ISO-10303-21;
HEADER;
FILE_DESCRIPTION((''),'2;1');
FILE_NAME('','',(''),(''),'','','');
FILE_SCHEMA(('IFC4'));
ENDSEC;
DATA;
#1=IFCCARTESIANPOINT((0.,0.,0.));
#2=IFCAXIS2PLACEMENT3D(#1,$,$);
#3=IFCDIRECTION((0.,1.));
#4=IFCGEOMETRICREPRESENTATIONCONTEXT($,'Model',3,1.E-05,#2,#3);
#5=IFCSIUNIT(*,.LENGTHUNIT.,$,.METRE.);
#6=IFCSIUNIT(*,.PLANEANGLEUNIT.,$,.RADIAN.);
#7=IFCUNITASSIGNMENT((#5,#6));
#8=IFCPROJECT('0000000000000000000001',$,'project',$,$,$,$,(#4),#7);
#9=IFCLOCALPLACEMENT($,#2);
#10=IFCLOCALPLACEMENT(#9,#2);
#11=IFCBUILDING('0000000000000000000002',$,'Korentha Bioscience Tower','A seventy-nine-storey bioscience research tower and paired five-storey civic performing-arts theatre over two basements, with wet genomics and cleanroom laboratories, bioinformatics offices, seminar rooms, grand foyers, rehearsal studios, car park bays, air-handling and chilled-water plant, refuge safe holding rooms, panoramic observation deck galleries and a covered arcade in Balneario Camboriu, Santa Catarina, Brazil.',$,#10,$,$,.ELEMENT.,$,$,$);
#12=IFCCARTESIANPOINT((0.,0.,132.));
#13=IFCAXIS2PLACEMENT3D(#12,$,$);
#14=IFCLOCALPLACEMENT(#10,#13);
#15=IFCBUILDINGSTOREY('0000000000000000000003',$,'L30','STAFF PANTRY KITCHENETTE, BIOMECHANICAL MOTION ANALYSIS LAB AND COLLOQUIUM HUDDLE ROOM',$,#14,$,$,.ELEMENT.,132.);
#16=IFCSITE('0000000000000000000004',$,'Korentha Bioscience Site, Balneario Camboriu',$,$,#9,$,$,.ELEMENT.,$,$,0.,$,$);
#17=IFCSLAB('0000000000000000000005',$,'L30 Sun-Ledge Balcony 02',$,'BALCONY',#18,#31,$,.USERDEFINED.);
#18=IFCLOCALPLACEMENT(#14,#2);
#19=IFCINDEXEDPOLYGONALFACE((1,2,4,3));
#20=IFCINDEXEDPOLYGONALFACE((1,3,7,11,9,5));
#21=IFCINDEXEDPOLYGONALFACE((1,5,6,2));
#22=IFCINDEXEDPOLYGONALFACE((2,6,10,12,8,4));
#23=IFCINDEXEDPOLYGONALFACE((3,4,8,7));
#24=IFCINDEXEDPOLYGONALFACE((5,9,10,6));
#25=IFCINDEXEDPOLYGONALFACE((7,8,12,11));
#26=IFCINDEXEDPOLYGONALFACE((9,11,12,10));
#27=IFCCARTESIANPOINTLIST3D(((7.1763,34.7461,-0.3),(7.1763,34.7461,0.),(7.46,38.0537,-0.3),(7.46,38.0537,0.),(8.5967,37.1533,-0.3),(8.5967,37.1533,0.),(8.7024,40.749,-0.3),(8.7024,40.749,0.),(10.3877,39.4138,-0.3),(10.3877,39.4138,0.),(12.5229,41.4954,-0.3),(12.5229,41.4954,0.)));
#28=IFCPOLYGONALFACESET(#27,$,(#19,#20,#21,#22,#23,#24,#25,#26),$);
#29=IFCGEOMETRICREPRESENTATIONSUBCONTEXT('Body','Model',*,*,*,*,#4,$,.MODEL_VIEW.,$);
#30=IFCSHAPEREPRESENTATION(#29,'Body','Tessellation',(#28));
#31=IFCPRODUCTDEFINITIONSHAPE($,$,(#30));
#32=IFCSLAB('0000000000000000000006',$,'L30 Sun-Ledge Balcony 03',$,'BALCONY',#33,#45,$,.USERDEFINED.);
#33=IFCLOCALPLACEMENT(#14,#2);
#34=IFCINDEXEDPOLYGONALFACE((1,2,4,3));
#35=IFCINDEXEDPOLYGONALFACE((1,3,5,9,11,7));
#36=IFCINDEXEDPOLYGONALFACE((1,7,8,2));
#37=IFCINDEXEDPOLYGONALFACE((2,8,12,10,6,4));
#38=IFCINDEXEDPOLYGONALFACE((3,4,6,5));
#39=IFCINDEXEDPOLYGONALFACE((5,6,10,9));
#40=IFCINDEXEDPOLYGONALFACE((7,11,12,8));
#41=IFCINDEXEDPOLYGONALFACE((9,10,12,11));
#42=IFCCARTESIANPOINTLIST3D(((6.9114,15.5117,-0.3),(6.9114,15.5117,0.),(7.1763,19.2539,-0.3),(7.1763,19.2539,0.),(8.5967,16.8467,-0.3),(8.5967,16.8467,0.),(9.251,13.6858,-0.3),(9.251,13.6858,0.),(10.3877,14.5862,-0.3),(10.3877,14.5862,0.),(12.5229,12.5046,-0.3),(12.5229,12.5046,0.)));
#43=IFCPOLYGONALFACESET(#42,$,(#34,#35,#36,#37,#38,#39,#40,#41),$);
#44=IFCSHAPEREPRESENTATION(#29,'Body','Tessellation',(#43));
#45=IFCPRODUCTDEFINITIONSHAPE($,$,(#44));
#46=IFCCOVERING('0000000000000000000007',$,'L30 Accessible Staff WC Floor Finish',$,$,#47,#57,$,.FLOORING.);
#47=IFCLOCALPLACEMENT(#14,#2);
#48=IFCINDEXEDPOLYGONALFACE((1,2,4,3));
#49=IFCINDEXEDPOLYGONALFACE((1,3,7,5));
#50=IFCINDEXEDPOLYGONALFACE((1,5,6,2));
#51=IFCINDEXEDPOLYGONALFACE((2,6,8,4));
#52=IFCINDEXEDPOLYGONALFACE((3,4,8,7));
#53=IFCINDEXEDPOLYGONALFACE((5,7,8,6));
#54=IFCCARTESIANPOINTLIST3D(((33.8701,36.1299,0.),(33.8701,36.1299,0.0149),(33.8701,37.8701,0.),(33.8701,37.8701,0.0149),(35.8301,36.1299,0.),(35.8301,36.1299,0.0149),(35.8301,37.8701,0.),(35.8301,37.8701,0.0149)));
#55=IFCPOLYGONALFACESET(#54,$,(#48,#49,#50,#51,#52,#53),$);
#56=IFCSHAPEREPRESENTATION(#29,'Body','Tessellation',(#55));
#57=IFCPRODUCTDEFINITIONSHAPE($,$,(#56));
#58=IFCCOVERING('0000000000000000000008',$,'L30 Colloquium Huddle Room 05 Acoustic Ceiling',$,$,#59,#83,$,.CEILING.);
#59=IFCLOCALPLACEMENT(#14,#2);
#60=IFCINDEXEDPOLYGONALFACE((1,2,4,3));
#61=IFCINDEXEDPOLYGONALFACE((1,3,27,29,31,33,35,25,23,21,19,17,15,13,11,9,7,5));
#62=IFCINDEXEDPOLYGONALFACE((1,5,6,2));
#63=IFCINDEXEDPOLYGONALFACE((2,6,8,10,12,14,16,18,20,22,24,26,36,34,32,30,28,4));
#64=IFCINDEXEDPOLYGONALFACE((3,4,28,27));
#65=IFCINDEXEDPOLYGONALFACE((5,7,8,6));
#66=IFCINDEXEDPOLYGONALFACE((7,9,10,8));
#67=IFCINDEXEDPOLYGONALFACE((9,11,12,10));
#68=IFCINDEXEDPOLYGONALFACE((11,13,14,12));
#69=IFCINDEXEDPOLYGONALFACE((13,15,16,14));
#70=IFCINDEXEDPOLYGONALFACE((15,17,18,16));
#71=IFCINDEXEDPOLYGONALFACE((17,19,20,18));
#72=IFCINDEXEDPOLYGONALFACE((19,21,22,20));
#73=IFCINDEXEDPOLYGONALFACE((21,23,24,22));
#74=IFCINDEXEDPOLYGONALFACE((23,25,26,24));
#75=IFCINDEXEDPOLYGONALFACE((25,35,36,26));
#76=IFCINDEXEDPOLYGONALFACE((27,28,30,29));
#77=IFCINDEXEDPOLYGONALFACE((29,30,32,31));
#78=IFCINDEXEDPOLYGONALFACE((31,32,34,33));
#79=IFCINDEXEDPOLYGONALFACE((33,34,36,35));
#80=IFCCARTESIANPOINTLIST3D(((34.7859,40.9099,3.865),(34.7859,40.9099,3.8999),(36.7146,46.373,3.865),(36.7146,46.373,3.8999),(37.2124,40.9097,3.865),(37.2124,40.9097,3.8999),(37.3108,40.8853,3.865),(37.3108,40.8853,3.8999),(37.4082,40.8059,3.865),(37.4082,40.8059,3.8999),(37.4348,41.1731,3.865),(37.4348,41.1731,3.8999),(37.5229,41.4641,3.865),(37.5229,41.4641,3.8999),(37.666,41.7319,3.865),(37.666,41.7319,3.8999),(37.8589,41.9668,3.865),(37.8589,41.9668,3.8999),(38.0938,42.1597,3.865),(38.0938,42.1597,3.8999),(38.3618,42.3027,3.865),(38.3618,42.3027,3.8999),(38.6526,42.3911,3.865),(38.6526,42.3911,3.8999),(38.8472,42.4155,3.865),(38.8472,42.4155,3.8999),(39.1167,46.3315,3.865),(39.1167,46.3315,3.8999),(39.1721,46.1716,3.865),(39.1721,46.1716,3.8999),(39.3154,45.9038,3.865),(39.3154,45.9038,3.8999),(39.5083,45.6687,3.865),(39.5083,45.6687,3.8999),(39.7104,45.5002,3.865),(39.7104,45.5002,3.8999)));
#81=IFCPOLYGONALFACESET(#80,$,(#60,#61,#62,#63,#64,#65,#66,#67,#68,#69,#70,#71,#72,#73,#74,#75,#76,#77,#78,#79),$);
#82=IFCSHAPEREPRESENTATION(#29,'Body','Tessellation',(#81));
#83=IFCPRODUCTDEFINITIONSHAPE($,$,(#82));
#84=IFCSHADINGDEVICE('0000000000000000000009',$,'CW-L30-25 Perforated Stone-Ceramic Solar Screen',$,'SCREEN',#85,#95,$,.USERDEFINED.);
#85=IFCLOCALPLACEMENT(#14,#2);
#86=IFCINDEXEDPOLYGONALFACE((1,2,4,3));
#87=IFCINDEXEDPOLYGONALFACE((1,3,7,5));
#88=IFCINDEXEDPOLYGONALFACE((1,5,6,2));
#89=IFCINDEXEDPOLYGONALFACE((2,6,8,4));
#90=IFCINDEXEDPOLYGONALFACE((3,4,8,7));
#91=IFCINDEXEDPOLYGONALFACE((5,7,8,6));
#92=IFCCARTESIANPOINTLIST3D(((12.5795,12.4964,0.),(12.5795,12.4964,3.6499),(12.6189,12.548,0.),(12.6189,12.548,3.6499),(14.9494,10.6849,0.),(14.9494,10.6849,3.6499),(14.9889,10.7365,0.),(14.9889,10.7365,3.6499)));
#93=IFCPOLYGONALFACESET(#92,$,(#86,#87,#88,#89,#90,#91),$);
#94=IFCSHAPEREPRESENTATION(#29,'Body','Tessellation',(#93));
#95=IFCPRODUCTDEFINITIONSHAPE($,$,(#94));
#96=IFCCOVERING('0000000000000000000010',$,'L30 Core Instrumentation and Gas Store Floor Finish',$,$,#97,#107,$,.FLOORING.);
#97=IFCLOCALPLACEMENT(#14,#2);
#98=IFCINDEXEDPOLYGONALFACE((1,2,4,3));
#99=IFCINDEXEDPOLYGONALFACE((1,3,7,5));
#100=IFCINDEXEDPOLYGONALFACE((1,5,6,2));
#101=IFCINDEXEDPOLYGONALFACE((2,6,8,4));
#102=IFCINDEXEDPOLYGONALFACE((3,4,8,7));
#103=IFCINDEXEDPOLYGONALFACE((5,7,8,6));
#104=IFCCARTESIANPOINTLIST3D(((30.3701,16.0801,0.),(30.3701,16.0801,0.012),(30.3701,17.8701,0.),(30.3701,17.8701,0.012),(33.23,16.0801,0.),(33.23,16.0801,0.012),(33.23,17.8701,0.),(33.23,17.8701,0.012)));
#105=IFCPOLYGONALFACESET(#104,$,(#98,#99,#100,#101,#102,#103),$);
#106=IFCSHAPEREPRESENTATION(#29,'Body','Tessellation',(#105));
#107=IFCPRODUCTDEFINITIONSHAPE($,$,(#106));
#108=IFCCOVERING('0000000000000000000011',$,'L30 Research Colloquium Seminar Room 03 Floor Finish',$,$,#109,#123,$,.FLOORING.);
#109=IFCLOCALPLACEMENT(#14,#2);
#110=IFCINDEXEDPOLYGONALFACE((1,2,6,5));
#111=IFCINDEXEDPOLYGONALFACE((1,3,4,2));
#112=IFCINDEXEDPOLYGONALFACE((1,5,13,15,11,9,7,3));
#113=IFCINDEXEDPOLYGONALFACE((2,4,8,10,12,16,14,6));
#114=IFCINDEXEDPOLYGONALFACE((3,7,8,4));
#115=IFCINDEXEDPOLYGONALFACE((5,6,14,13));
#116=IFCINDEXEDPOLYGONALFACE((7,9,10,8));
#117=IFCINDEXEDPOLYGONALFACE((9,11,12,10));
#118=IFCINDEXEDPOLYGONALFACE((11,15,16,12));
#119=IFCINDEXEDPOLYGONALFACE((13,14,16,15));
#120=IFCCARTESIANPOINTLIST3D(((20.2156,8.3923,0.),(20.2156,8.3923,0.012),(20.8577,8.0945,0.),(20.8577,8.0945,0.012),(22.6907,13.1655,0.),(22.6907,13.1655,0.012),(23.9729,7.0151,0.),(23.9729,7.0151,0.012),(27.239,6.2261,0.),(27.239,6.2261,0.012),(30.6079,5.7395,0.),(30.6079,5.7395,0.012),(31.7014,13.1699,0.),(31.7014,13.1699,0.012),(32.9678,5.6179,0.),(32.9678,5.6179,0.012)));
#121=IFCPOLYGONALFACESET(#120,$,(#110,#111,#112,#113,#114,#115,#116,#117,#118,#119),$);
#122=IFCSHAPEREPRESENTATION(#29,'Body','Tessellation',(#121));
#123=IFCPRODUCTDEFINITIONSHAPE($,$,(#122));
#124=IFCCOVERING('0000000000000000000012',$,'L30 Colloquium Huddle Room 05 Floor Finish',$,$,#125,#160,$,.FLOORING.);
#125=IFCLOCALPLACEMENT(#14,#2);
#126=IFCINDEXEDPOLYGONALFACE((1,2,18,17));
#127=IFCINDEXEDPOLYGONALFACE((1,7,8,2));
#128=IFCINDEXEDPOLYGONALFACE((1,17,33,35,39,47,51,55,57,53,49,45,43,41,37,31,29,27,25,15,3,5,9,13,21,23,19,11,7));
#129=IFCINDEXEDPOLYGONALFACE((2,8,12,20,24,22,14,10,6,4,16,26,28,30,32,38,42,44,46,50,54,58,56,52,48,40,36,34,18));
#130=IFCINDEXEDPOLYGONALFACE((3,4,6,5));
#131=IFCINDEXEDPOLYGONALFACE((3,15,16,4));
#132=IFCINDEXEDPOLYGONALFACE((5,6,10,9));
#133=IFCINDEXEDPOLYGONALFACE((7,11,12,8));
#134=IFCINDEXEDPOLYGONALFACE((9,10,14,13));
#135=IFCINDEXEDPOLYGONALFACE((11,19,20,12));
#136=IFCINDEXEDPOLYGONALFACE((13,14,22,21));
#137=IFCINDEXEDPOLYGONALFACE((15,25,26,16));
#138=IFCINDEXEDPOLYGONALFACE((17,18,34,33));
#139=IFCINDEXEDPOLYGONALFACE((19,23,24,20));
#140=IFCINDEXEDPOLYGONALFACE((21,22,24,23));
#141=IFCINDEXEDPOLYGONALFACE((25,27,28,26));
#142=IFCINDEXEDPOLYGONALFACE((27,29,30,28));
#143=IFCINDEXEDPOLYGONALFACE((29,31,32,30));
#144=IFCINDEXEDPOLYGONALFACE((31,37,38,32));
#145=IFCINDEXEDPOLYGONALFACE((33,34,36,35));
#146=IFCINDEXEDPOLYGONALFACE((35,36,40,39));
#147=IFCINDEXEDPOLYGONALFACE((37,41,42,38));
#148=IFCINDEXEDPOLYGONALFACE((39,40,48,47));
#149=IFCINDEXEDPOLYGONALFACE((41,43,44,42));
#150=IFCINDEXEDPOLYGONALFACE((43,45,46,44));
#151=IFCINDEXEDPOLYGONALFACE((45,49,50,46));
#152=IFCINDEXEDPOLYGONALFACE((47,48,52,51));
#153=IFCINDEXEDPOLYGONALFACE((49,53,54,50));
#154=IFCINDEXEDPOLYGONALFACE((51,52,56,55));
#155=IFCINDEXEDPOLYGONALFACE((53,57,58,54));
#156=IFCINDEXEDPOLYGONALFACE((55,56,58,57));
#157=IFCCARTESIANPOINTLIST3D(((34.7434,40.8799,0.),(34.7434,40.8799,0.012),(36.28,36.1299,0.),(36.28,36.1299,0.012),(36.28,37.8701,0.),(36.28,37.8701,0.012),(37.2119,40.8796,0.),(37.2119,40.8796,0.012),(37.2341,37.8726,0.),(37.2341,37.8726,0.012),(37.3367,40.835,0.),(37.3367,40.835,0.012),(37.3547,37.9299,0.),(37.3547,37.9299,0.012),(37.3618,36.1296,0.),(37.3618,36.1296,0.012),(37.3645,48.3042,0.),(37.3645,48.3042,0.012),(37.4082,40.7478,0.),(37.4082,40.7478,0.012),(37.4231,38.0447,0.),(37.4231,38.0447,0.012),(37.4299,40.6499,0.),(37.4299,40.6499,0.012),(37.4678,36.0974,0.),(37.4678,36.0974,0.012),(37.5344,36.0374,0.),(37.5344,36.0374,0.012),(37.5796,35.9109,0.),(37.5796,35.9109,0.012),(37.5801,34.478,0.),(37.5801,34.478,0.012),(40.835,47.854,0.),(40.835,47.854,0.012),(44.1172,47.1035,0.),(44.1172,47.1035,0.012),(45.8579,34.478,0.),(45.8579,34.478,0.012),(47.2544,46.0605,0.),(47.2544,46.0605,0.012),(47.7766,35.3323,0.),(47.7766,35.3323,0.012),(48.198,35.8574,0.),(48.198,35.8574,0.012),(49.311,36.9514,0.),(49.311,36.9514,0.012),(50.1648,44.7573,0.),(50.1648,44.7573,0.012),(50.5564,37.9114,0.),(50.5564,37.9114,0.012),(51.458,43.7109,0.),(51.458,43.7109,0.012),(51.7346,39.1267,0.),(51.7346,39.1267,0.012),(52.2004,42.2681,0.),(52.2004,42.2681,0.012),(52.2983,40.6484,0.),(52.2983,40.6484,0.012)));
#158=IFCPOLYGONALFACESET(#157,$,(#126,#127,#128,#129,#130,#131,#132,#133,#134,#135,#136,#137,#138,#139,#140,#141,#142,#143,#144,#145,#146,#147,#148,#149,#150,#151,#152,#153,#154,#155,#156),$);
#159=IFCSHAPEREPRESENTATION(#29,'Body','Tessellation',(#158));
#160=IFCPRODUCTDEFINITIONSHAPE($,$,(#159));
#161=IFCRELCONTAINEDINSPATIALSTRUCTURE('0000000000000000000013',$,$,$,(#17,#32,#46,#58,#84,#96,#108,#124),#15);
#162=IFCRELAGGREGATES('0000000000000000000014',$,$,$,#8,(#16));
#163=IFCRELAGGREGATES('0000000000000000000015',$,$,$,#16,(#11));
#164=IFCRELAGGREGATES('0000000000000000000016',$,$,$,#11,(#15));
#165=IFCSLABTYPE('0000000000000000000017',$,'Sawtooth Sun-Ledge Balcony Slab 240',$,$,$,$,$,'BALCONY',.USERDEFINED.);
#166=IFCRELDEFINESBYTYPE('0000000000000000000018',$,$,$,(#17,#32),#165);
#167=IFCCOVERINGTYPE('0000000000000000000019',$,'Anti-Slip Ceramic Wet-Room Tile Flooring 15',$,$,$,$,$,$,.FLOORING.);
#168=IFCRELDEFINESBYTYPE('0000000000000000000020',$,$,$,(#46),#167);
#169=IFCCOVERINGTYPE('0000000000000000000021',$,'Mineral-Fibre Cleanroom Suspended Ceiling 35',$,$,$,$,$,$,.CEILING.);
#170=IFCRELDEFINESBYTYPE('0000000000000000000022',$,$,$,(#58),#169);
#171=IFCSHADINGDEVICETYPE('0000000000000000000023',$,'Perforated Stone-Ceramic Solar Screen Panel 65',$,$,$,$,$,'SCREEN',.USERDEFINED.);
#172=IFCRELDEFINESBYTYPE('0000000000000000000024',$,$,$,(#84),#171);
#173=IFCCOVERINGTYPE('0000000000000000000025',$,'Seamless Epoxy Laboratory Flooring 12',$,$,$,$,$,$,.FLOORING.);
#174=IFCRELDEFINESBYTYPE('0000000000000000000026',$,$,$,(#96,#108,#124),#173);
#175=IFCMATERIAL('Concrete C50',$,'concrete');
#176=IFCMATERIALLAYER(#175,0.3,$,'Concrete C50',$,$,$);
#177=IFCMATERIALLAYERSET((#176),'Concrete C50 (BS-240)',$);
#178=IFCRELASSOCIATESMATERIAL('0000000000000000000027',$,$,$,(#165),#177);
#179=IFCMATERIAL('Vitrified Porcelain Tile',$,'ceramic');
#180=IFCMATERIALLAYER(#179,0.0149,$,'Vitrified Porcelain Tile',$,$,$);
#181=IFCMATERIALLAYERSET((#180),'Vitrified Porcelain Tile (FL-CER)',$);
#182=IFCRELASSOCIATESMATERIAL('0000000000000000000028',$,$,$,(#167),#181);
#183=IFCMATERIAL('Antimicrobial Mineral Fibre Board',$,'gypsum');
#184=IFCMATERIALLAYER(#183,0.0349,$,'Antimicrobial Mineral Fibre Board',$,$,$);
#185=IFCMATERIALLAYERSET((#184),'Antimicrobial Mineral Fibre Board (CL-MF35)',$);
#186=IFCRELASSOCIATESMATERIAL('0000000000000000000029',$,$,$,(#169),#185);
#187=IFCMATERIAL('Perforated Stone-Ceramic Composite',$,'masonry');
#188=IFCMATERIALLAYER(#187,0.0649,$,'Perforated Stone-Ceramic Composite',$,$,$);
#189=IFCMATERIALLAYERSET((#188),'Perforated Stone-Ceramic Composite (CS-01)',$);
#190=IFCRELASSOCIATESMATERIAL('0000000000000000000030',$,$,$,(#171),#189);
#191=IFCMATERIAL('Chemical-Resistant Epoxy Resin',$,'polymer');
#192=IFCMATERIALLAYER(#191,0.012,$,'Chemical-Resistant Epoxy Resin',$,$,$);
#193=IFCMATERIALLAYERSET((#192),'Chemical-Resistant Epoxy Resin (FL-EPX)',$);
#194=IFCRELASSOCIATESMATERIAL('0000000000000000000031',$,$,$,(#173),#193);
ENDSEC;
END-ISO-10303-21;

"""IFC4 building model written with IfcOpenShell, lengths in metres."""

from ifc_helpers import new_model, si_unit, direction, frame, origin, origin_2d, place, context, subcontext, project, spatial, polyline, rectangle, outline, extrude, material, layer, layer_set, type_object, element, save


model = new_model("IFC4")

# Units and contexts
model_context = context("Model", 3, precision=1e-05, world=origin(), true_north=direction((0.0, 1.0)))
body_context = subcontext(model_context, "Body", "Model", "MODEL_VIEW")
ifc_project = project(units=[si_unit("LENGTHUNIT", "METRE"), si_unit("PLANEANGLEUNIT", "RADIAN")], contexts=[model_context])

# Site, building, storey
site_placement = place(None, origin())
site = spatial("IfcSite", under=ifc_project, at=site_placement, Name="Korentha Bioscience Site, Balneario Camboriu", CompositionType="ELEMENT", RefElevation=0.0)
building_placement = place(site_placement, origin())
building = spatial("IfcBuilding", under=site, at=building_placement, Name="Korentha Bioscience Tower", Description="A seventy-nine-storey bioscience research tower and paired five-storey civic performing-arts theatre over two basements, with wet genomics and cleanroom laboratories, bioinformatics offices, seminar rooms, grand foyers, rehearsal studios, car park bays, air-handling and chilled-water plant, refuge safe holding rooms, panoramic observation deck galleries and a covered arcade in Balneario Camboriu, Santa Catarina, Brazil.", CompositionType="ELEMENT")
storey_placement = place(building_placement, frame((0.0, 0.0, 132.0)))
storey = spatial("IfcBuildingStorey", under=building, at=storey_placement, Name="L30", Description="STAFF PANTRY KITCHENETTE, BIOMECHANICAL MOTION ANALYSIS LAB AND COLLOQUIUM HUDDLE ROOM", CompositionType="ELEMENT", Elevation=132.0)

# Shared definitions
ifc_material_1 = material(Name="Concrete C50", Category="concrete")

# Slabs
ifc_layer_1 = layer(ifc_material_1, 0.3, Name="Concrete C50")
ifc_layer_set_1 = layer_set([ifc_layer_1], Name="Concrete C50 (BS-240)")
slab_type_1 = type_object("IfcSlabType", Name="Sawtooth Sun-Ledge Balcony Slab 240", ElementType="BALCONY", PredefinedType="USERDEFINED", material=ifc_layer_set_1)
slab_1_placement = place(storey_placement, frame((0.0, 0.0, -0.3)))
element("IfcSlab", 1, at=slab_1_placement, inside=storey, type_object=slab_type_1, Name="L30 Sun-Ledge Balcony 02", ObjectType="BALCONY", PredefinedType="USERDEFINED", context=body_context, shape_type="SweptSolid", body=[
    extrude(outline(polyline([(7.1763, 34.7461), (8.5967, 37.1533), (10.3877, 39.4138), (12.5229, 41.4954), (8.7024, 40.749), (7.46, 38.0537), (7.1763, 34.7461)])), origin(), (0.0, 0.0, 1.0), 0.3),
])
slab_2_placement = place(storey_placement, frame((0.0, 0.0, -0.3)))
element("IfcSlab", 2, at=slab_2_placement, inside=storey, type_object=slab_type_1, Name="L30 Sun-Ledge Balcony 03", ObjectType="BALCONY", PredefinedType="USERDEFINED", context=body_context, shape_type="SweptSolid", body=[
    extrude(outline(polyline([(12.5229, 12.5046), (10.3877, 14.5862), (8.5967, 16.8467), (7.1763, 19.2539), (6.9114, 15.5117), (9.251, 13.6858), (12.5229, 12.5046)])), origin(), (0.0, 0.0, 1.0), 0.3),
])

# Coverings
ifc_material_2 = material(Name="Vitrified Porcelain Tile", Category="ceramic")
ifc_layer_2 = layer(ifc_material_2, 0.0149, Name="Vitrified Porcelain Tile")
ifc_layer_set_2 = layer_set([ifc_layer_2], Name="Vitrified Porcelain Tile (FL-CER)")
covering_type_1 = type_object("IfcCoveringType", Name="Anti-Slip Ceramic Wet-Room Tile Flooring 15", PredefinedType="FLOORING", material=ifc_layer_set_2)
covering_1_placement = place(storey_placement, origin())
element("IfcCovering", 3, at=covering_1_placement, inside=storey, type_object=covering_type_1, Name="L30 Accessible Staff WC Floor Finish", PredefinedType="FLOORING", context=body_context, shape_type="SweptSolid", body=[
    extrude(outline(polyline([(33.8701, 36.1299), (33.8701, 37.8701), (35.8301, 37.8701), (35.8301, 36.1299), (33.8701, 36.1299)])), origin(), (0.0, 0.0, 1.0), 0.0149),
])
ifc_material_3 = material(Name="Antimicrobial Mineral Fibre Board", Category="gypsum")
ifc_layer_3 = layer(ifc_material_3, 0.0349, Name="Antimicrobial Mineral Fibre Board")
ifc_layer_set_3 = layer_set([ifc_layer_3], Name="Antimicrobial Mineral Fibre Board (CL-MF35)")
covering_type_2 = type_object("IfcCoveringType", Name="Mineral-Fibre Cleanroom Suspended Ceiling 35", PredefinedType="CEILING", material=ifc_layer_set_3)
covering_2_placement = place(storey_placement, frame((0.0, 0.0, 3.865)))
element("IfcCovering", 4, at=covering_2_placement, inside=storey, type_object=covering_type_2, Name="L30 Colloquium Huddle Room 05 Acoustic Ceiling", PredefinedType="CEILING", context=body_context, shape_type="SweptSolid", body=[
    extrude(outline(polyline([(37.4082, 40.8059), (37.3108, 40.8853), (37.2124, 40.9097), (34.7859, 40.9099), (36.7146, 46.373), (39.1167, 46.3315), (39.1721, 46.1716), (39.3154, 45.9038), (39.5083, 45.6687), (39.7104, 45.5002), (38.8472, 42.4155), (38.6526, 42.3911), (38.3618, 42.3027), (38.0938, 42.1597), (37.8589, 41.9668), (37.666, 41.7319), (37.5229, 41.4641), (37.4348, 41.1731), (37.4082, 40.8059)])), origin(), (0.0, 0.0, 1.0), 0.0349),
])

# Shading device
ifc_material_4 = material(Name="Perforated Stone-Ceramic Composite", Category="masonry")
ifc_layer_4 = layer(ifc_material_4, 0.0649, Name="Perforated Stone-Ceramic Composite")
ifc_layer_set_4 = layer_set([ifc_layer_4], Name="Perforated Stone-Ceramic Composite (CS-01)")
shading_device_type_1 = type_object("IfcShadingDeviceType", Name="Perforated Stone-Ceramic Solar Screen Panel 65", ElementType="SCREEN", PredefinedType="USERDEFINED", material=ifc_layer_set_4)
shading_device_1_placement = place(storey_placement, frame((13.7842, 11.6165, 0.0), z_axis=(0.0, 0.0, 1.0), x_axis=(0.7945, -0.607265, 0.0)))
element("IfcShadingDevice", 5, at=shading_device_1_placement, inside=storey, type_object=shading_device_type_1, Name="CW-L30-25 Perforated Stone-Ceramic Solar Screen", ObjectType="SCREEN", PredefinedType="USERDEFINED", context=body_context, shape_type="SweptSolid", body=[
    extrude(rectangle(XDim=2.9829, YDim=0.0649, at=origin_2d()), origin(), (0.0, 0.0, 1.0), 3.6499),
])

# Coverings
ifc_material_5 = material(Name="Chemical-Resistant Epoxy Resin", Category="polymer")
ifc_layer_5 = layer(ifc_material_5, 0.012, Name="Chemical-Resistant Epoxy Resin")
ifc_layer_set_5 = layer_set([ifc_layer_5], Name="Chemical-Resistant Epoxy Resin (FL-EPX)")
covering_type_3 = type_object("IfcCoveringType", Name="Seamless Epoxy Laboratory Flooring 12", PredefinedType="FLOORING", material=ifc_layer_set_5)
covering_3_placement = place(storey_placement, origin())
element("IfcCovering", 6, at=covering_3_placement, inside=storey, type_object=covering_type_3, Name="L30 Core Instrumentation and Gas Store Floor Finish", PredefinedType="FLOORING", context=body_context, shape_type="SweptSolid", body=[
    extrude(outline(polyline([(30.3701, 16.0801), (30.3701, 17.8701), (33.23, 17.8701), (33.23, 16.0801), (30.3701, 16.0801)])), origin(), (0.0, 0.0, 1.0), 0.012),
])
covering_4_placement = place(storey_placement, origin())
element("IfcCovering", 7, at=covering_4_placement, inside=storey, type_object=covering_type_3, Name="L30 Research Colloquium Seminar Room 03 Floor Finish", PredefinedType="FLOORING", context=body_context, shape_type="SweptSolid", body=[
    extrude(outline(polyline([(23.9729, 7.0151), (20.8577, 8.0945), (20.2156, 8.3923), (22.6907, 13.1655), (31.7014, 13.1699), (32.9678, 5.6179), (30.6079, 5.7395), (27.239, 6.2261), (23.9729, 7.0151)])), origin(), (0.0, 0.0, 1.0), 0.012),
])
covering_5_placement = place(storey_placement, origin())
element("IfcCovering", 8, at=covering_5_placement, inside=storey, type_object=covering_type_3, Name="L30 Colloquium Huddle Room 05 Floor Finish", PredefinedType="FLOORING", context=body_context, shape_type="SweptSolid", body=[
    extrude(outline(polyline([(37.3645, 48.3042), (40.835, 47.854), (44.1172, 47.1035), (47.2544, 46.0605), (50.1648, 44.7573), (51.458, 43.7109), (52.2004, 42.2681), (52.2983, 40.6484), (51.7346, 39.1267), (50.5564, 37.9114), (49.311, 36.9514), (48.198, 35.8574), (47.7766, 35.3323), (45.8579, 34.478), (37.5801, 34.478), (37.5796, 35.9109), (37.5344, 36.0374), (37.4678, 36.0974), (37.3618, 36.1296), (36.28, 36.1299), (36.28, 37.8701), (37.2341, 37.8726), (37.3547, 37.9299), (37.4231, 38.0447), (37.4299, 40.6499), (37.4082, 40.7478), (37.3367, 40.835), (37.2119, 40.8796), (34.7434, 40.8799), (37.3645, 48.3042)])), origin(), (0.0, 0.0, 1.0), 0.012),
])

save(model, "model.ifc")
